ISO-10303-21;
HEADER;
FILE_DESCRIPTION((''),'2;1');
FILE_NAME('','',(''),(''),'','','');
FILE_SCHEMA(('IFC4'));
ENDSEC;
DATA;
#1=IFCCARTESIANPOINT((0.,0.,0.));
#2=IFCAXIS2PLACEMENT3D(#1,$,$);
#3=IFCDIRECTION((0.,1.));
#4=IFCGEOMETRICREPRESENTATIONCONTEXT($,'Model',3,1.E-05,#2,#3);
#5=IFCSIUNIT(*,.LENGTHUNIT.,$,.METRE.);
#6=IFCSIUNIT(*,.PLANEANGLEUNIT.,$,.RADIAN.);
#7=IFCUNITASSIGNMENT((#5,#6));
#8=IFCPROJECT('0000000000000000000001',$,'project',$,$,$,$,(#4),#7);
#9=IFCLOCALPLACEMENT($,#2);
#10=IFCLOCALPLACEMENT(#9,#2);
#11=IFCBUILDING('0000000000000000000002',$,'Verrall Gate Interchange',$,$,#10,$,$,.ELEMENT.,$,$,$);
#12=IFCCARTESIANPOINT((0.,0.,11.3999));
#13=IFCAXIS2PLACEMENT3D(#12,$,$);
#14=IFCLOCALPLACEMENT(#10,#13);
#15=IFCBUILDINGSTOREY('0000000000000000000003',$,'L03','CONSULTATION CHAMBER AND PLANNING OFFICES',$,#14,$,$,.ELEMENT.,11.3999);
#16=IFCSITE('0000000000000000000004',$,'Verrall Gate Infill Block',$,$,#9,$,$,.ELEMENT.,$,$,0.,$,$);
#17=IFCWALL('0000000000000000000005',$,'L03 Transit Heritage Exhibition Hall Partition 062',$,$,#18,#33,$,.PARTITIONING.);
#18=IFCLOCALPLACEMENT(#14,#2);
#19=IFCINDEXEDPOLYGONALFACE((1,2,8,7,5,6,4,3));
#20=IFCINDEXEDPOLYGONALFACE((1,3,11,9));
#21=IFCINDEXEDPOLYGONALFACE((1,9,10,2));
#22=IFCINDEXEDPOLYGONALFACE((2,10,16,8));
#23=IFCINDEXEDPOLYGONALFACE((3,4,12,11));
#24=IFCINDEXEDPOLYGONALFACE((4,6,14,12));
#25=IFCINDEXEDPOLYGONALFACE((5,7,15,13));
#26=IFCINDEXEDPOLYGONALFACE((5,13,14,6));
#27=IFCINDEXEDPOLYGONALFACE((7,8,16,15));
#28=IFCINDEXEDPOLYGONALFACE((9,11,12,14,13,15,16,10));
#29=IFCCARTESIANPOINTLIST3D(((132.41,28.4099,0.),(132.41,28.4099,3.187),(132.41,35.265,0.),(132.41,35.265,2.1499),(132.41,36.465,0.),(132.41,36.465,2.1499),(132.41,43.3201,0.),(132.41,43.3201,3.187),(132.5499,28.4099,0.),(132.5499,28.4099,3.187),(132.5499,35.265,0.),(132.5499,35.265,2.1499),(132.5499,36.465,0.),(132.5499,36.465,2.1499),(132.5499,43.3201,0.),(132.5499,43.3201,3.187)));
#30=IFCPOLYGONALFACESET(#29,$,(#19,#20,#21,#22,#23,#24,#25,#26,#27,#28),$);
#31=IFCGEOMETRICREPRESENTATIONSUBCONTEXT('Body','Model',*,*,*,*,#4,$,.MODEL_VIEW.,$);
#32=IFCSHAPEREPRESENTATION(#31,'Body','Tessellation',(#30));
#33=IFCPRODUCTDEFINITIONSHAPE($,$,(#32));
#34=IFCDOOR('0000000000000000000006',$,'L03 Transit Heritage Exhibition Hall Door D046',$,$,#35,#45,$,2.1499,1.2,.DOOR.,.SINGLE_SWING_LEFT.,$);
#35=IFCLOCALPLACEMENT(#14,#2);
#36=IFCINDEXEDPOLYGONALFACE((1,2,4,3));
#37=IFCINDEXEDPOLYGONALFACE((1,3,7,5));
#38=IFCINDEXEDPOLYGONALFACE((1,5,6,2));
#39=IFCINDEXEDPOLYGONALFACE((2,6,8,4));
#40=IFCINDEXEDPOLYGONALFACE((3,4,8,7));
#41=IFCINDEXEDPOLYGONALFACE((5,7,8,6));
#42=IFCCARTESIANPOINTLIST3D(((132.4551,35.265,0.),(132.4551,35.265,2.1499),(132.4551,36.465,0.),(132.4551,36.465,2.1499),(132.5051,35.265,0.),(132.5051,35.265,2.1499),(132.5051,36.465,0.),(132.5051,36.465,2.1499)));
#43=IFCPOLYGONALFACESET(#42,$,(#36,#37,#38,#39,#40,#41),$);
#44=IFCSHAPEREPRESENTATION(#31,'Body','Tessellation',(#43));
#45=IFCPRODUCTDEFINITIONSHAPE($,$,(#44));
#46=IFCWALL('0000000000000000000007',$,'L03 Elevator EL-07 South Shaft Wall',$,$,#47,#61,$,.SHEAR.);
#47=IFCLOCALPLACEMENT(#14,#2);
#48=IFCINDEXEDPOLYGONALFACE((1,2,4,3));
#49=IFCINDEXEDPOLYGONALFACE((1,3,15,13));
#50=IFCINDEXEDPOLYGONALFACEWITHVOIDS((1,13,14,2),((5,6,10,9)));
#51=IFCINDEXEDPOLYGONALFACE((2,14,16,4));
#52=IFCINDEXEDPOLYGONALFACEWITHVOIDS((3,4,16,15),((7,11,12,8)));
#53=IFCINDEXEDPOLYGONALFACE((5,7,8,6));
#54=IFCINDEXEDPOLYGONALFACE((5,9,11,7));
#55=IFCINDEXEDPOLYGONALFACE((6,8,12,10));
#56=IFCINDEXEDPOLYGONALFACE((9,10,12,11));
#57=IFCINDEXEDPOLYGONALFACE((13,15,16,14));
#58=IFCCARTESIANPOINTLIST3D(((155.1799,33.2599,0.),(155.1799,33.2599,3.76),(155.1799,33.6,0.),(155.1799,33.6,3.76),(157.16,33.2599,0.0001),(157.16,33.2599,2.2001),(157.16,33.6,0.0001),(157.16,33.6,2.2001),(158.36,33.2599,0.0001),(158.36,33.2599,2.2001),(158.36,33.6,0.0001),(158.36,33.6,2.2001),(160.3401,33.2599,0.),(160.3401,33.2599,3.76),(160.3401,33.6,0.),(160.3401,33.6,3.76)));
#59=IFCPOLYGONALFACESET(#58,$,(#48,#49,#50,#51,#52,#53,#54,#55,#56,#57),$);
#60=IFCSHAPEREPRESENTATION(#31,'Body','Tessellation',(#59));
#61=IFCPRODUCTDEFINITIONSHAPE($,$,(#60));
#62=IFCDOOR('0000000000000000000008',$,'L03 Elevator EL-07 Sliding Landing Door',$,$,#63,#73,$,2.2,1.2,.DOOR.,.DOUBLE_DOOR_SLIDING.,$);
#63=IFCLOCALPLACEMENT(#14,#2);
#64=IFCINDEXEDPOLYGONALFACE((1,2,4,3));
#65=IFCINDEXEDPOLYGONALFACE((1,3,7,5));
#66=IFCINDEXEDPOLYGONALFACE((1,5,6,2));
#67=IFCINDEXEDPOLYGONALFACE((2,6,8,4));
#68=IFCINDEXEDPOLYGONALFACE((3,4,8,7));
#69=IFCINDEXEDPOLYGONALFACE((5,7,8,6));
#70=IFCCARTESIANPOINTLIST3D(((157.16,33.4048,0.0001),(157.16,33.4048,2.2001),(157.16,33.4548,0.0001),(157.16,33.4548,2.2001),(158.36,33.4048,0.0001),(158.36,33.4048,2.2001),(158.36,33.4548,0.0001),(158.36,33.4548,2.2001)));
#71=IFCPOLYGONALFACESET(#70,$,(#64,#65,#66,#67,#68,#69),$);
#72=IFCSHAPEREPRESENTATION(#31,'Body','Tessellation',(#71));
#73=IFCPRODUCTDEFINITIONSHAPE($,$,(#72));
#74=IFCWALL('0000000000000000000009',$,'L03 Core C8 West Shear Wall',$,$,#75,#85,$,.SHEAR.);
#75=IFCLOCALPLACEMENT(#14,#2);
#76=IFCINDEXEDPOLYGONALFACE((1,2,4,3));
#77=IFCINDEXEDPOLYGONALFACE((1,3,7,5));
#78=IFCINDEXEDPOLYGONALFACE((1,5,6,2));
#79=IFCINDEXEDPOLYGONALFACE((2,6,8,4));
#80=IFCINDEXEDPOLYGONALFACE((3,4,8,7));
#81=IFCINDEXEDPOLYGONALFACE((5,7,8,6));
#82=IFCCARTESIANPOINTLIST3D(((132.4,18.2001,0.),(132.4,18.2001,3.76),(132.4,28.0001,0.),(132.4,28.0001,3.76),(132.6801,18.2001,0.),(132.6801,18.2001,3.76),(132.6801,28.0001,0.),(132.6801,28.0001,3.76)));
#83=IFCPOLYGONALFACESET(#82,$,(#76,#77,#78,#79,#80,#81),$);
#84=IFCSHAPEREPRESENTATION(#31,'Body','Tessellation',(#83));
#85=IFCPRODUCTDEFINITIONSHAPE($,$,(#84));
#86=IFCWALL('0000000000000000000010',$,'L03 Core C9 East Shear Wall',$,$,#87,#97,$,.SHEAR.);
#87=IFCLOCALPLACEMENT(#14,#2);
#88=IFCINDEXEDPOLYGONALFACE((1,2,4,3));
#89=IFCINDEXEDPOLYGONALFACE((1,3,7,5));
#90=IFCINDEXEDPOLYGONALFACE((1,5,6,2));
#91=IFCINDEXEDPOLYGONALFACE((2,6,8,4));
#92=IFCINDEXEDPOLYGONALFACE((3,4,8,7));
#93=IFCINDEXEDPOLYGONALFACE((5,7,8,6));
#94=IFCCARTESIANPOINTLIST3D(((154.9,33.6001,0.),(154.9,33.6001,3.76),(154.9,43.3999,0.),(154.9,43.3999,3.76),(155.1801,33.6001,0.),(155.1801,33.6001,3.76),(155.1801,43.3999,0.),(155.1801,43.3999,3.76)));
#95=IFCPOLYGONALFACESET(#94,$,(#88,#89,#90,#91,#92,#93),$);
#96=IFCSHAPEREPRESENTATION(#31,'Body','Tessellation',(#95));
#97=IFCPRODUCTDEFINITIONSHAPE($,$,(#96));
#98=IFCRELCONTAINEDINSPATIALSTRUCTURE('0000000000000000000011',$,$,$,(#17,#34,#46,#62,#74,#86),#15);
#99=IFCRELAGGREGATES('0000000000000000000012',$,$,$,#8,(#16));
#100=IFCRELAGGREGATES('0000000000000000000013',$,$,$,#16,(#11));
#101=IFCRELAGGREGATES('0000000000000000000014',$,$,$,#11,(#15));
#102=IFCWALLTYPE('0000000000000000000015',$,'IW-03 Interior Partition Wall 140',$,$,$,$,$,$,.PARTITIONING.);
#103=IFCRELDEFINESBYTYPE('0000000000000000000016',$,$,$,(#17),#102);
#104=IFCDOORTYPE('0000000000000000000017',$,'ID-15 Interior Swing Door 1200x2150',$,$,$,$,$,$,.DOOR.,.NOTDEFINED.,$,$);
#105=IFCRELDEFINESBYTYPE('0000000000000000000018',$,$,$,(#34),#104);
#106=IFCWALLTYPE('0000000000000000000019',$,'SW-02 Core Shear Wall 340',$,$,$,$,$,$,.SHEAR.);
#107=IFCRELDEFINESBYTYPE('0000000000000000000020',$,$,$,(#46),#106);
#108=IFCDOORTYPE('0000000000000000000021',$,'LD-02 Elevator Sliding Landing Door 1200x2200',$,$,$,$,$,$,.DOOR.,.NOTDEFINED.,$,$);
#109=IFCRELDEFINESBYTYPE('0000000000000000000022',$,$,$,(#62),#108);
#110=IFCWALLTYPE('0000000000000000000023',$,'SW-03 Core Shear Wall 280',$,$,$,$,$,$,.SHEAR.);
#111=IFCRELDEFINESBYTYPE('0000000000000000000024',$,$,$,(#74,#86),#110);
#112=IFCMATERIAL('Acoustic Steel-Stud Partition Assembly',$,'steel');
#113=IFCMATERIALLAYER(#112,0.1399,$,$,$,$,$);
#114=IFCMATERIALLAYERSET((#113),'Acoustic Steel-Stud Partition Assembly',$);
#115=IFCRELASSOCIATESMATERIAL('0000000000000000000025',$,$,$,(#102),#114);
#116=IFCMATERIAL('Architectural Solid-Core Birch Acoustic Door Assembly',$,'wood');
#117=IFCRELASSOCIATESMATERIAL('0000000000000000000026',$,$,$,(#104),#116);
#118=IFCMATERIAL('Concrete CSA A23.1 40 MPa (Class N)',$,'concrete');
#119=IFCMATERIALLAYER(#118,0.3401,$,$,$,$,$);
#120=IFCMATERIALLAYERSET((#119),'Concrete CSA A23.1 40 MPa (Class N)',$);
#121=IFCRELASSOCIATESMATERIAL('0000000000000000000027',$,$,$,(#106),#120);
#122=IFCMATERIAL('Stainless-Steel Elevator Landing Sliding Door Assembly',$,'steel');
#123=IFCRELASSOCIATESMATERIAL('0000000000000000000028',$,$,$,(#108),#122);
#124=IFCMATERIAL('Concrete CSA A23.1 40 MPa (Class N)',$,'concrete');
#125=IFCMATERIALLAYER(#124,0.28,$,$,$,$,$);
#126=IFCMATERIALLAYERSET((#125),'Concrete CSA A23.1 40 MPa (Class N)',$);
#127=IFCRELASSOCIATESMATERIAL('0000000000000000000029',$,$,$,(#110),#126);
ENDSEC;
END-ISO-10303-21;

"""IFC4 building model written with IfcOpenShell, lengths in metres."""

from ifc_helpers import new_model, si_unit, direction, frame, frame_2d, origin, place, context, subcontext, project, spatial, rectangle, extrude, material, layer, layer_set, type_object, element, fill, save


model = new_model("IFC4")

# Units and contexts
model_context = context("Model", 3, precision=1e-05, world=origin(), true_north=direction((0.0, 1.0)))
body_context = subcontext(model_context, "Body", "Model", "MODEL_VIEW")
ifc_project = project(units=[si_unit("LENGTHUNIT", "METRE"), si_unit("PLANEANGLEUNIT", "RADIAN")], contexts=[model_context])

# Site, building, storey
site_placement = place(None, origin())
site = spatial("IfcSite", under=ifc_project, at=site_placement, Name="Verrall Gate Infill Block", CompositionType="ELEMENT", RefElevation=0.0)
building_placement = place(site_placement, origin())
building = spatial("IfcBuilding", under=site, at=building_placement, Name="Verrall Gate Interchange", CompositionType="ELEMENT")
storey_placement = place(building_placement, frame((0.0, 0.0, 11.3999)))
storey = spatial("IfcBuildingStorey", under=building, at=storey_placement, Name="L03", Description="CONSULTATION CHAMBER AND PLANNING OFFICES", CompositionType="ELEMENT", Elevation=11.3999)

# Walls, openings, doors
ifc_material_1 = material(Name="Acoustic Steel-Stud Partition Assembly", Category="steel")
ifc_layer_1 = layer(ifc_material_1, 0.1399)
ifc_layer_set_1 = layer_set([ifc_layer_1], Name="Acoustic Steel-Stud Partition Assembly")
wall_type_1 = type_object("IfcWallType", Name="IW-03 Interior Partition Wall 140", PredefinedType="PARTITIONING", material=ifc_layer_set_1)
wall_1_placement = place(storey_placement, frame((132.48, 28.4099, 0.0), z_axis=(0.0, 0.0, 1.0), x_axis=(0.0, 1.0, 0.0)))
wall_1 = element("IfcWall", 1, at=wall_1_placement, inside=storey, type_object=wall_type_1, Name="L03 Transit Heritage Exhibition Hall Partition 062", PredefinedType="PARTITIONING", context=body_context, shape_type="SweptSolid", body=[
    extrude(rectangle(XDim=14.9102, YDim=0.1399, at=frame_2d((7.4551, 0.0))), origin(), (0.0, 0.0, 1.0), 3.187),
])
opening_1_placement = place(wall_1_placement, frame((6.855, 0.0, 0.0)))
opening_1 = element("IfcOpeningElement", 2, at=opening_1_placement, cuts=wall_1, PredefinedType="OPENING", context=body_context, shape_type="SweptSolid", body=[
    extrude(rectangle(XDim=1.2, YDim=2.1499, at=frame_2d((0.6001, 1.075))), frame((0.0, 0.085, 0.0), z_axis=(0.0, -1.0, 0.0), x_axis=(1.0, 0.0, 0.0)), (0.0, 0.0, 1.0), 0.1697),
])
ifc_material_2 = material(Name="Architectural Solid-Core Birch Acoustic Door Assembly", Category="wood")
door_type_1 = type_object("IfcDoorType", Name="ID-15 Interior Swing Door 1200x2150", OperationType="NOTDEFINED", PredefinedType="DOOR", material=ifc_material_2)
door_1_placement = place(opening_1_placement, origin())
door_1 = element("IfcDoor", 3, at=door_1_placement, inside=storey, type_object=door_type_1, Name="L03 Transit Heritage Exhibition Hall Door D046", OperationType="SINGLE_SWING_LEFT", OverallHeight=2.1499, OverallWidth=1.2, PredefinedType="DOOR", context=body_context, shape_type="SweptSolid", body=[
    extrude(rectangle(XDim=1.2, YDim=2.1499, at=frame_2d((0.6001, 1.075))), frame((0.0, 0.0249, 0.0), z_axis=(0.0, -1.0, 0.0), x_axis=(1.0, 0.0, 0.0)), (0.0, 0.0, 1.0), 0.05),
])
fill(opening_1, door_1)
ifc_material_3 = material(Name="Concrete CSA A23.1 40 MPa (Class N)", Category="concrete")
ifc_layer_2 = layer(ifc_material_3, 0.3401)
ifc_layer_set_2 = layer_set([ifc_layer_2], Name="Concrete CSA A23.1 40 MPa (Class N)")
wall_type_2 = type_object("IfcWallType", Name="SW-02 Core Shear Wall 340", PredefinedType="SHEAR", material=ifc_layer_set_2)
wall_2_placement = place(storey_placement, frame((155.1799, 33.4299, 0.0), z_axis=(0.0, 0.0, 1.0), x_axis=(1.0, 0.0, 0.0)))
wall_2 = element("IfcWall", 4, at=wall_2_placement, inside=storey, type_object=wall_type_2, Name="L03 Elevator EL-07 South Shaft Wall", PredefinedType="SHEAR", context=body_context, shape_type="SweptSolid", body=[
    extrude(rectangle(XDim=5.1602, YDim=0.3401, at=frame_2d((2.5801, 0.0))), origin(), (0.0, 0.0, 1.0), 3.76),
])
opening_2_placement = place(wall_2_placement, frame((1.98, 0.0, 0.0)))
opening_2 = element("IfcOpeningElement", 5, at=opening_2_placement, cuts=wall_2, PredefinedType="OPENING", context=body_context, shape_type="SweptSolid", body=[
    extrude(rectangle(XDim=1.2, YDim=2.2, at=frame_2d((0.6001, 1.1001))), frame((0.0, 0.1851, 0.0), z_axis=(0.0, -1.0, 0.0), x_axis=(1.0, 0.0, 0.0)), (0.0, 0.0, 1.0), 0.3699),
])
ifc_material_4 = material(Name="Stainless-Steel Elevator Landing Sliding Door Assembly", Category="steel")
door_type_2 = type_object("IfcDoorType", Name="LD-02 Elevator Sliding Landing Door 1200x2200", OperationType="NOTDEFINED", PredefinedType="DOOR", material=ifc_material_4)
door_2_placement = place(opening_2_placement, origin())
door_2 = element("IfcDoor", 6, at=door_2_placement, inside=storey, type_object=door_type_2, Name="L03 Elevator EL-07 Sliding Landing Door", OperationType="DOUBLE_DOOR_SLIDING", OverallHeight=2.2, OverallWidth=1.2, PredefinedType="DOOR", context=body_context, shape_type="SweptSolid", body=[
    extrude(rectangle(XDim=1.2, YDim=2.2, at=frame_2d((0.6001, 1.1001))), frame((0.0, 0.0249, 0.0), z_axis=(0.0, -1.0, 0.0), x_axis=(1.0, 0.0, 0.0)), (0.0, 0.0, 1.0), 0.05),
])
fill(opening_2, door_2)

# Wall
ifc_material_5 = material(Name="Concrete CSA A23.1 40 MPa (Class N)", Category="concrete")
ifc_layer_3 = layer(ifc_material_5, 0.28)
ifc_layer_set_3 = layer_set([ifc_layer_3], Name="Concrete CSA A23.1 40 MPa (Class N)")
wall_type_3 = type_object("IfcWallType", Name="SW-03 Core Shear Wall 280", PredefinedType="SHEAR", material=ifc_layer_set_3)
wall_3_placement = place(storey_placement, frame((132.54, 28.0, 0.0), z_axis=(0.0, 0.0, 1.0), x_axis=(0.0, -1.0, 0.0)))
element("IfcWall", 7, at=wall_3_placement, inside=storey, type_object=wall_type_3, Name="L03 Core C8 West Shear Wall", PredefinedType="SHEAR", context=body_context, shape_type="SweptSolid", body=[
    extrude(rectangle(XDim=9.8, YDim=0.28, at=frame_2d((4.8999, 0.0))), origin(), (0.0, 0.0, 1.0), 3.76),
])

# Wall
wall_4_placement = place(storey_placement, frame((155.04, 33.6001, 0.0), z_axis=(0.0, 0.0, 1.0), x_axis=(0.0, 1.0, 0.0)))
element("IfcWall", 8, at=wall_4_placement, inside=storey, type_object=wall_type_3, Name="L03 Core C9 East Shear Wall", PredefinedType="SHEAR", context=body_context, shape_type="SweptSolid", body=[
    extrude(rectangle(XDim=9.7998, YDim=0.28, at=frame_2d((4.8999, 0.0))), origin(), (0.0, 0.0, 1.0), 3.76),
])

save(model, "model.ifc")
